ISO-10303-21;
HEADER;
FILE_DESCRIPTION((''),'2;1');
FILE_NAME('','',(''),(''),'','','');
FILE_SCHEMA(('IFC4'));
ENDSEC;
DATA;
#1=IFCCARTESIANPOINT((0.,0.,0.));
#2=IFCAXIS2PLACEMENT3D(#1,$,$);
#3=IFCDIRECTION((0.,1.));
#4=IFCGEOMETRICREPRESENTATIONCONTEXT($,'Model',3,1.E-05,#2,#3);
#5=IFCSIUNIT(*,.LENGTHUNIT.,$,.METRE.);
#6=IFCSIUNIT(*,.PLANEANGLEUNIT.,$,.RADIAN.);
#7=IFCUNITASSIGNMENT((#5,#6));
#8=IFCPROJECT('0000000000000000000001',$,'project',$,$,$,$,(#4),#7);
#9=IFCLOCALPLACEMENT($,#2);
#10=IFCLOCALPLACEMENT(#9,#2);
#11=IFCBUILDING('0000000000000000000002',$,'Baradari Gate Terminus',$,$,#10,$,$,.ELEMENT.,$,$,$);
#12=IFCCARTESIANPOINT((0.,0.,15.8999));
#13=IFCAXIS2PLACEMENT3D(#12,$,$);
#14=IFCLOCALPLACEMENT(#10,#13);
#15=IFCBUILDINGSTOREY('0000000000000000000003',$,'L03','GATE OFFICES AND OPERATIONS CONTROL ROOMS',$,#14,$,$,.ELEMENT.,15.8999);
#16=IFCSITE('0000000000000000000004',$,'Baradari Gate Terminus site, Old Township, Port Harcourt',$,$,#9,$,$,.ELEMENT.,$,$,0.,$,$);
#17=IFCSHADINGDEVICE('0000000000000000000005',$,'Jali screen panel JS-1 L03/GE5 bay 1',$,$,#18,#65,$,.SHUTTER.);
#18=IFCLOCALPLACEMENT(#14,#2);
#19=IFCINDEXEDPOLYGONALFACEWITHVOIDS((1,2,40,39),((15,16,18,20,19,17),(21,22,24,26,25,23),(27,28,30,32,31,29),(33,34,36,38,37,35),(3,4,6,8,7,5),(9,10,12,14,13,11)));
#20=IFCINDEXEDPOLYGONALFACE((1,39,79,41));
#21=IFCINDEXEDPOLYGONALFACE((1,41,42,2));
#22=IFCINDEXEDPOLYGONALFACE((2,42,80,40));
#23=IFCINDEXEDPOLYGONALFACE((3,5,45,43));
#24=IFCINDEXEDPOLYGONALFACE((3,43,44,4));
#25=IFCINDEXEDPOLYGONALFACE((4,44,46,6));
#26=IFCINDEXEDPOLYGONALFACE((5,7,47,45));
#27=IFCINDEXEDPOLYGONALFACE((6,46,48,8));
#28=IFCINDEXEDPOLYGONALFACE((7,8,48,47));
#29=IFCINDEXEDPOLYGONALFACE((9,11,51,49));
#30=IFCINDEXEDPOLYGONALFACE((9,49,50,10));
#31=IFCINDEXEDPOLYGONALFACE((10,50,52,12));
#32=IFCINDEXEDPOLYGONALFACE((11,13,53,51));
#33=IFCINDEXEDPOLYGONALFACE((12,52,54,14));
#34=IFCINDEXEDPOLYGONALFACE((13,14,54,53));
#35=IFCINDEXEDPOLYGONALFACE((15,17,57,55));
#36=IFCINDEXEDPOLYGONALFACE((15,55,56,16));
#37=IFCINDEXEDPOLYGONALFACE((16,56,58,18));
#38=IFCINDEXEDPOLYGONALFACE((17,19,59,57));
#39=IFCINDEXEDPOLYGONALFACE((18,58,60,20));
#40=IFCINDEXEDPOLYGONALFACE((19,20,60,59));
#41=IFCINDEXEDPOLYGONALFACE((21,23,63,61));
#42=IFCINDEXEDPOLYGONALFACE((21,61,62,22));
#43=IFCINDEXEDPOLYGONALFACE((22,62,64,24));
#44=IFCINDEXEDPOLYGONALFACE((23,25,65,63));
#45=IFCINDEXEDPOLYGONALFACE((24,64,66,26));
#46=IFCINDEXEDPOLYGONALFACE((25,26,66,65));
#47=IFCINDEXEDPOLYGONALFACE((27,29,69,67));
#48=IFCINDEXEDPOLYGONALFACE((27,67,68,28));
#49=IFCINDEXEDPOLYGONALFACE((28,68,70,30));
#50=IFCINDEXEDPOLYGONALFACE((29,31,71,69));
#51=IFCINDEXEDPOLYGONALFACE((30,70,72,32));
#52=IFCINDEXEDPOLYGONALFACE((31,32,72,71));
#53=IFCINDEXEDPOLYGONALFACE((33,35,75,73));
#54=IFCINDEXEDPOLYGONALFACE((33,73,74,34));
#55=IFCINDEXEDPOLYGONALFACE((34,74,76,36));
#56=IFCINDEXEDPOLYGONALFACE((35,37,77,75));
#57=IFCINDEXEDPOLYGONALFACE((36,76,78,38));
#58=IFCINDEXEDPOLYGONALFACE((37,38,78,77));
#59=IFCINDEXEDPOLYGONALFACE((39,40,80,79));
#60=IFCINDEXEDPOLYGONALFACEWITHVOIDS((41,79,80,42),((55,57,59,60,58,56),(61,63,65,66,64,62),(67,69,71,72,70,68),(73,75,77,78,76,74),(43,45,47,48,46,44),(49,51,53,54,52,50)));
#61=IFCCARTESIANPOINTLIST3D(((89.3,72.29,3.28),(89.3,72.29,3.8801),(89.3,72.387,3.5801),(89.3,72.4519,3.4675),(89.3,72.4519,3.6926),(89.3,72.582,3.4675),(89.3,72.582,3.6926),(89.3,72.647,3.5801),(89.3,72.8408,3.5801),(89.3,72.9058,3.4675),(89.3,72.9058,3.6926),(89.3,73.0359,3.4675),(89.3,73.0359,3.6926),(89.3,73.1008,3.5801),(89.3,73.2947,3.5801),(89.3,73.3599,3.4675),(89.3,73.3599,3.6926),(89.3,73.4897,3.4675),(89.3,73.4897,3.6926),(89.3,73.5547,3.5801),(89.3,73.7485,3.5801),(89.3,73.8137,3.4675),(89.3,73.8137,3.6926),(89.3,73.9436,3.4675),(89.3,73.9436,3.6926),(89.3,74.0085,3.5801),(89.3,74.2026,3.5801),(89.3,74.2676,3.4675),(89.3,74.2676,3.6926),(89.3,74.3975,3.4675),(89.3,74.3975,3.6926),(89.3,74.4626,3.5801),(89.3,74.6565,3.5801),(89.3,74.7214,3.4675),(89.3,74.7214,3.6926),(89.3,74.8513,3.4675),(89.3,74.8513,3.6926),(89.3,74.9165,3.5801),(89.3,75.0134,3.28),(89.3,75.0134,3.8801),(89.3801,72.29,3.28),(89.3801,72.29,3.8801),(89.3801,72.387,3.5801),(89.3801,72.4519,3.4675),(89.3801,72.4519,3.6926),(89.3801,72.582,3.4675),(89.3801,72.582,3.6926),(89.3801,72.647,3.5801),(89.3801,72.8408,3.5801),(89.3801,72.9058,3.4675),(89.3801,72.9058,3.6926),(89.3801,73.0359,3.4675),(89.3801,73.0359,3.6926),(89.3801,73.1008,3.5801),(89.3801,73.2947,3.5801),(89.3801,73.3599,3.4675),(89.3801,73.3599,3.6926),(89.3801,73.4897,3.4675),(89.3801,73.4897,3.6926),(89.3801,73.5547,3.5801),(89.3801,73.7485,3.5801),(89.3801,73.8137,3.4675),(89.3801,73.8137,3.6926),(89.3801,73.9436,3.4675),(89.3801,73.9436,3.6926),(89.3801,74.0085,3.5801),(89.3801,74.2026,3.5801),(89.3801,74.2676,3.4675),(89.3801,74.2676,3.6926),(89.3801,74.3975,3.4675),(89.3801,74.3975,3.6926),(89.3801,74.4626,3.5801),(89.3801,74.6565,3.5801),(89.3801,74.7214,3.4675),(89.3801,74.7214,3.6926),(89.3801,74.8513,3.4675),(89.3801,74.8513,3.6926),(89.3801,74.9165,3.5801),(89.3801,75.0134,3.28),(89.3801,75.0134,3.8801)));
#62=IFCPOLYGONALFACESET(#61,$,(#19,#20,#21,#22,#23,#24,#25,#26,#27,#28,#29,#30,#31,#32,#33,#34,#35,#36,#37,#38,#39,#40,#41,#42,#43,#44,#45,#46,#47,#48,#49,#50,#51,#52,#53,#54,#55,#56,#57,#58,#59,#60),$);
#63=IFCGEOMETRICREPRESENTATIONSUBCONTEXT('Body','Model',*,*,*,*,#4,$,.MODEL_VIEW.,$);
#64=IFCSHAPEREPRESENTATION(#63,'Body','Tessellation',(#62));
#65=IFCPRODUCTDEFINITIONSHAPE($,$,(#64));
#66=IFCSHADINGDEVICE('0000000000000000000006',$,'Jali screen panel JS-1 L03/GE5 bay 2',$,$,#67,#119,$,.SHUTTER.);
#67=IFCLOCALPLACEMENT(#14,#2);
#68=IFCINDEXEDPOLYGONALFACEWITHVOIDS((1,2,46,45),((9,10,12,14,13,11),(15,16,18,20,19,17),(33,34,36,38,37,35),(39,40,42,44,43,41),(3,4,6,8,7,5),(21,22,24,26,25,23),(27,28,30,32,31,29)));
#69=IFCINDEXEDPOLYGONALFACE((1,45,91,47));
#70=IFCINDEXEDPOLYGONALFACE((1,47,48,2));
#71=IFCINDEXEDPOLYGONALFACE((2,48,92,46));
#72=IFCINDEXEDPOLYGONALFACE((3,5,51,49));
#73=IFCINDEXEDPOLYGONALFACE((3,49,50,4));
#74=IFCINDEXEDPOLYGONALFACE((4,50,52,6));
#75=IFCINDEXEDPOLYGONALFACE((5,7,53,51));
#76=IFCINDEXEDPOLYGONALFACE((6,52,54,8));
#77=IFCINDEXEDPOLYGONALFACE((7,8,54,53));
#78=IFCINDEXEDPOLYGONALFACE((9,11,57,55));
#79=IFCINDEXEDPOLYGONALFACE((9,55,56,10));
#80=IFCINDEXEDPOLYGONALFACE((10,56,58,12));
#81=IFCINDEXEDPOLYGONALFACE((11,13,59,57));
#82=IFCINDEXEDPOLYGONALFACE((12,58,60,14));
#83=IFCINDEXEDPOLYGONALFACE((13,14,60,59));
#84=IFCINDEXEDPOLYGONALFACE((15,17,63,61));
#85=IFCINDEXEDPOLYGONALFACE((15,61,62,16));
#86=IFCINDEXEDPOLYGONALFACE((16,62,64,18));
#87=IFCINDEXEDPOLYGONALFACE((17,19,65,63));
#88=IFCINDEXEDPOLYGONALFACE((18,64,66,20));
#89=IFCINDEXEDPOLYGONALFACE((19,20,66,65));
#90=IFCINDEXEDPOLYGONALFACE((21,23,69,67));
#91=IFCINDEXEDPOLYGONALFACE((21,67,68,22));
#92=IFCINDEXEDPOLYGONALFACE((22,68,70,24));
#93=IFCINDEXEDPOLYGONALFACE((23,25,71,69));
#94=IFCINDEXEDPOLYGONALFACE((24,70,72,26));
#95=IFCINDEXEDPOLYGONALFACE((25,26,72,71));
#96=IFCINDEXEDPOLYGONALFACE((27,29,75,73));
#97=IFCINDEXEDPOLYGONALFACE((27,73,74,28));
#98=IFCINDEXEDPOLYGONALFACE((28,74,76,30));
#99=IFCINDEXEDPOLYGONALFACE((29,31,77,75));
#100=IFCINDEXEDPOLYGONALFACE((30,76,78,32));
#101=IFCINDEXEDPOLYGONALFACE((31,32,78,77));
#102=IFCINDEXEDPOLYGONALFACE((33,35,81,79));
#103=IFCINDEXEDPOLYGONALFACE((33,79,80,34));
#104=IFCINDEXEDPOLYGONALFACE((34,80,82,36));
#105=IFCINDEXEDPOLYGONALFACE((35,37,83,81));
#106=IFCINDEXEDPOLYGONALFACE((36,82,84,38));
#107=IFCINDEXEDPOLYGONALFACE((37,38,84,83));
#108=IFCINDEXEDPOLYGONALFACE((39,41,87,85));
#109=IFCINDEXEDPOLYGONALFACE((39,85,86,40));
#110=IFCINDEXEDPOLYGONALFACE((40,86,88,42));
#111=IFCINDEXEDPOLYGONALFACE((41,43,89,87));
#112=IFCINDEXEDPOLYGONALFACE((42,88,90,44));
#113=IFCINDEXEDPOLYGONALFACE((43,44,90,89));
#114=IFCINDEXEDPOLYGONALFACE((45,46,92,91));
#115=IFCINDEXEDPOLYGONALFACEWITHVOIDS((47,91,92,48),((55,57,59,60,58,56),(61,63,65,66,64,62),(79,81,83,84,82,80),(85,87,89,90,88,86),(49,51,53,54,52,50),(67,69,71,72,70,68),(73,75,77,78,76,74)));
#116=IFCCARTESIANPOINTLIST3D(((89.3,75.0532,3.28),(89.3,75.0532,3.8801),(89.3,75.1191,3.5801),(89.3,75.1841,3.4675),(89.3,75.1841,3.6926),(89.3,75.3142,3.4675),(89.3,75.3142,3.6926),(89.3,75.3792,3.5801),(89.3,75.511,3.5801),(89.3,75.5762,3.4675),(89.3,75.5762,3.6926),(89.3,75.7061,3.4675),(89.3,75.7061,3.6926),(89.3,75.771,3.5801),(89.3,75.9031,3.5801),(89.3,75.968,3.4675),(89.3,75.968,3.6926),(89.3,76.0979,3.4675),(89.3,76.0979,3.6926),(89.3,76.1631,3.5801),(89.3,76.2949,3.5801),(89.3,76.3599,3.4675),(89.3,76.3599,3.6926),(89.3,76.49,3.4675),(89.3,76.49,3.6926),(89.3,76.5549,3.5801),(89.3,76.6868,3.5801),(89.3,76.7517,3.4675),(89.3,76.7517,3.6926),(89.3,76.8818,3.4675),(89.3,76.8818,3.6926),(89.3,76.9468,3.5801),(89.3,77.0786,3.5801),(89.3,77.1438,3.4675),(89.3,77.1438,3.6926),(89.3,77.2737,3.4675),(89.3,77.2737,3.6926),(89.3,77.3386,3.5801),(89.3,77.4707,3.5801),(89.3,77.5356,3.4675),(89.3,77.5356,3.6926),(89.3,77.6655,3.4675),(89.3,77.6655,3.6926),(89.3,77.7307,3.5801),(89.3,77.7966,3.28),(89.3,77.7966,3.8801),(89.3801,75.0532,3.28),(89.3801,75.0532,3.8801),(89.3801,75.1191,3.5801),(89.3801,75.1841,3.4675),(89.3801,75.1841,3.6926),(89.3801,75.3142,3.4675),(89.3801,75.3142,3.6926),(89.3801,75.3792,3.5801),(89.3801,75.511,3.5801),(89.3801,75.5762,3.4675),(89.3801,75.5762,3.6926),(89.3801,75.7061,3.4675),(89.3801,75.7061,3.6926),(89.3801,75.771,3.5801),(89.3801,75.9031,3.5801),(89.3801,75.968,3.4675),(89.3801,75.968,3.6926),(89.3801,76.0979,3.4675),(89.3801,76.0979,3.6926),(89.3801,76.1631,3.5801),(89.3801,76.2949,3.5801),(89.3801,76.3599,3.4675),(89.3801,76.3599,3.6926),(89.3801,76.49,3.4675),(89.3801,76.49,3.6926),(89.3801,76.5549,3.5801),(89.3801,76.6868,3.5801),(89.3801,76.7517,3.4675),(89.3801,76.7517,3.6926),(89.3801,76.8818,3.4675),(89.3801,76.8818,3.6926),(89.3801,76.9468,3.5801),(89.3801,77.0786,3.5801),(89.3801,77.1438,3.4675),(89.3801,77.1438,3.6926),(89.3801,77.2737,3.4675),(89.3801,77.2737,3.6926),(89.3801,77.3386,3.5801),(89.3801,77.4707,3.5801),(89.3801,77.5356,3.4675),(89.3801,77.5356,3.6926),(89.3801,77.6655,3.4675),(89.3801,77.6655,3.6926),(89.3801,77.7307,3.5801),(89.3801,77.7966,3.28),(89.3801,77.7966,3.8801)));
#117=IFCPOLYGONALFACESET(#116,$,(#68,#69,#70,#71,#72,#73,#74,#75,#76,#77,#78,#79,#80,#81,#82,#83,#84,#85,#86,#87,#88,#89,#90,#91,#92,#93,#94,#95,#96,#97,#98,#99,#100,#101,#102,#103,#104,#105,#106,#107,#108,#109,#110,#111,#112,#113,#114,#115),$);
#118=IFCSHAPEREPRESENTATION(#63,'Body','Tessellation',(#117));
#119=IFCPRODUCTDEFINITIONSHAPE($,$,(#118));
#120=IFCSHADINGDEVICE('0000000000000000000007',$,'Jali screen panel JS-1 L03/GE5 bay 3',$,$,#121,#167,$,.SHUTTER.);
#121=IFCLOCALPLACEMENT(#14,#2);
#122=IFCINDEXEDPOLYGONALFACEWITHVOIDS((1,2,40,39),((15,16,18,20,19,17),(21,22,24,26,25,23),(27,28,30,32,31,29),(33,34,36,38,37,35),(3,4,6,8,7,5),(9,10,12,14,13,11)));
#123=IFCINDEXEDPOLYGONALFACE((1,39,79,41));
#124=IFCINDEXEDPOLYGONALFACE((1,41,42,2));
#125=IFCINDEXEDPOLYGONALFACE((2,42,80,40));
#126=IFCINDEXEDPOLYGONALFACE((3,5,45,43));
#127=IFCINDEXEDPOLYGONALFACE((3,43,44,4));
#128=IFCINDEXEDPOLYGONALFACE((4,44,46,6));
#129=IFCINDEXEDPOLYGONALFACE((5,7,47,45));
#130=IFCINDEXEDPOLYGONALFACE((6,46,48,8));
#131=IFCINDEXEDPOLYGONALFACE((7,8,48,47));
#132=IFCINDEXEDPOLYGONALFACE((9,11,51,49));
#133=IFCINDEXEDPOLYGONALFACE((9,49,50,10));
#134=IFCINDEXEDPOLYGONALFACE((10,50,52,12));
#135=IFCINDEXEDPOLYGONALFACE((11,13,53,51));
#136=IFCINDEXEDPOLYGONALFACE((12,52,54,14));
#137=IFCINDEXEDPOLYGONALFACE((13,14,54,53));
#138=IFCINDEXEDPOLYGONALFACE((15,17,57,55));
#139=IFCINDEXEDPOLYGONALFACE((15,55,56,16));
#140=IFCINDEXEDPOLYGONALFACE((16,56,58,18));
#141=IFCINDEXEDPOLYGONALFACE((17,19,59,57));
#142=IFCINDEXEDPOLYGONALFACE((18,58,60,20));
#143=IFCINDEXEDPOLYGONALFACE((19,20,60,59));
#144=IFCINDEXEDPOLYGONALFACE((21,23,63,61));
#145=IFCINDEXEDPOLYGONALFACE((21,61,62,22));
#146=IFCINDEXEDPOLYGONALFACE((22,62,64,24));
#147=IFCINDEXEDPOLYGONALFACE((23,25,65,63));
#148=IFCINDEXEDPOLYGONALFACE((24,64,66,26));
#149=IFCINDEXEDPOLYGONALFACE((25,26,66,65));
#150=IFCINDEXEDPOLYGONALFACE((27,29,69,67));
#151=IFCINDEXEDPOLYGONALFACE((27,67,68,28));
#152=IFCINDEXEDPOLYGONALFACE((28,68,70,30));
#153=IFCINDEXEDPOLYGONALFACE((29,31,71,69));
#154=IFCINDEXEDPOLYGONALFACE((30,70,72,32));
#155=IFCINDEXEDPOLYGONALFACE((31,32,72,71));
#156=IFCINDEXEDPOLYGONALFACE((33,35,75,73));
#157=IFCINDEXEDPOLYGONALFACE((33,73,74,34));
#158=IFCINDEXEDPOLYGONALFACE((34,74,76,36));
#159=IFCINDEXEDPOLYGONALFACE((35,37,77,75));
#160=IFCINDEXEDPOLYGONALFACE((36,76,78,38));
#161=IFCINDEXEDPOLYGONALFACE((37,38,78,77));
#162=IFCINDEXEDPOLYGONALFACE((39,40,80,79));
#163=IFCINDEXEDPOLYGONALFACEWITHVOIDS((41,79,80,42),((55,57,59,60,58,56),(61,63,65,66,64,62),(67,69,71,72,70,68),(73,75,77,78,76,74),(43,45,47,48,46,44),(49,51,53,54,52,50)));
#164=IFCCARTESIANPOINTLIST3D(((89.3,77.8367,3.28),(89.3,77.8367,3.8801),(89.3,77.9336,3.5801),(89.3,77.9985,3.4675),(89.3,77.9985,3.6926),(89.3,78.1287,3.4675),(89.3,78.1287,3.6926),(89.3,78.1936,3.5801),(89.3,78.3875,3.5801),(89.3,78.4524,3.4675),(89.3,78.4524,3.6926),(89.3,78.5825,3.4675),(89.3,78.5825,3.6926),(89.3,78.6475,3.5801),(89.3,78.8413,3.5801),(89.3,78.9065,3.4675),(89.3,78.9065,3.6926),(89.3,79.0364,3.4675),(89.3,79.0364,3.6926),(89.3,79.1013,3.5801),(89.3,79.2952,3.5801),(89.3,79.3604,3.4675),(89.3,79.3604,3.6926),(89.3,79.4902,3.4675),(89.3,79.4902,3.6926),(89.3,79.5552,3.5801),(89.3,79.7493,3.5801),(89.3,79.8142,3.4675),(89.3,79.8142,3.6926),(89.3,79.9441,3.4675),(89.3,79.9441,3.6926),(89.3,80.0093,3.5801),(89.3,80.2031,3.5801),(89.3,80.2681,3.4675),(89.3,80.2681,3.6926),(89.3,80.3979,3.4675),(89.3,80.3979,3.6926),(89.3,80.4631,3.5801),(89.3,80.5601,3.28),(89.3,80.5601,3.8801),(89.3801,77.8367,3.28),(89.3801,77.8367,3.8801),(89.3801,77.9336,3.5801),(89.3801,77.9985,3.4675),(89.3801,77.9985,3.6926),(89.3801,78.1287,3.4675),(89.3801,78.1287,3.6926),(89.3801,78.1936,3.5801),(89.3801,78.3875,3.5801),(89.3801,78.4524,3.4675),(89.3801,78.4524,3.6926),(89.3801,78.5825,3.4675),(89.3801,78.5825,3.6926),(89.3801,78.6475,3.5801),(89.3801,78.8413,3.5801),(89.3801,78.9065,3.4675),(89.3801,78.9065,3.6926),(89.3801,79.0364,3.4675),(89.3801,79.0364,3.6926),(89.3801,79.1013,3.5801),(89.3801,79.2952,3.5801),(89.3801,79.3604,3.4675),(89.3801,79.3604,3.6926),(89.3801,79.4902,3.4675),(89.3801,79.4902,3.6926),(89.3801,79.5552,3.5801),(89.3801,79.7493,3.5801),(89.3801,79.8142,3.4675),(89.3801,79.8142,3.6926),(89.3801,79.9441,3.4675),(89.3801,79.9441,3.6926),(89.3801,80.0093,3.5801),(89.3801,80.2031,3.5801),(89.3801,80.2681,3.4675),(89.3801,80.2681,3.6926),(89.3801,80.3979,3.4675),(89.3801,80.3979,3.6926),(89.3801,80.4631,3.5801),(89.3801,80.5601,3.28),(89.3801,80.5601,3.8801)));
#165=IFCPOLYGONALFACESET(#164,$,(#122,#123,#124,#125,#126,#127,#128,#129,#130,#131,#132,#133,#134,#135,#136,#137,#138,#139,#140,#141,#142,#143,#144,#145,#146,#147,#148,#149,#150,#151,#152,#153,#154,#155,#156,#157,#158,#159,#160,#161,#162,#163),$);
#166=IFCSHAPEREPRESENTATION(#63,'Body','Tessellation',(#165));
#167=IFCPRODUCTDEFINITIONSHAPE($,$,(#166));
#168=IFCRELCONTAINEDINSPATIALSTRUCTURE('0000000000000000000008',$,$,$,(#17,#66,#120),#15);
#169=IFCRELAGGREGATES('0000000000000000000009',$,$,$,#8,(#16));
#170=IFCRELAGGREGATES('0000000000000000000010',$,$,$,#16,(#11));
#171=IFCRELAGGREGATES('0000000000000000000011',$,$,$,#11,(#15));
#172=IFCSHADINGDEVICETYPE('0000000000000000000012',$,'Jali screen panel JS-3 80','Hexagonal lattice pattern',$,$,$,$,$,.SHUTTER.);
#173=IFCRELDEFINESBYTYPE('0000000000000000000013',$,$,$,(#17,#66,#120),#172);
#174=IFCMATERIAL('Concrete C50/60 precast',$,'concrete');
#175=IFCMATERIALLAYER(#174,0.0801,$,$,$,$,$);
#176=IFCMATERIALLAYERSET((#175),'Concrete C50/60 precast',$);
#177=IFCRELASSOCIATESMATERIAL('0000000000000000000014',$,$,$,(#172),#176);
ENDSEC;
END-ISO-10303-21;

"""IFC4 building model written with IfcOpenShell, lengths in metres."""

from ifc_helpers import new_model, si_unit, direction, frame, origin, place, context, subcontext, project, spatial, polyline, outline, extrude, material, layer, layer_set, type_object, element, save


model = new_model("IFC4")

# Units and contexts
model_context = context("Model", 3, precision=1e-05, world=origin(), true_north=direction((0.0, 1.0)))
body_context = subcontext(model_context, "Body", "Model", "MODEL_VIEW")
ifc_project = project(units=[si_unit("LENGTHUNIT", "METRE"), si_unit("PLANEANGLEUNIT", "RADIAN")], contexts=[model_context])

# Site, building, storey
site_placement = place(None, origin())
site = spatial("IfcSite", under=ifc_project, at=site_placement, Name="Baradari Gate Terminus site, Old Township, Port Harcourt", CompositionType="ELEMENT", RefElevation=0.0)
building_placement = place(site_placement, origin())
building = spatial("IfcBuilding", under=site, at=building_placement, Name="Baradari Gate Terminus", CompositionType="ELEMENT")
storey_placement = place(building_placement, frame((0.0, 0.0, 15.8999)))
storey = spatial("IfcBuildingStorey", under=building, at=storey_placement, Name="L03", Description="GATE OFFICES AND OPERATIONS CONTROL ROOMS", CompositionType="ELEMENT", Elevation=15.8999)

# Shading devices
ifc_material_1 = material(Name="Concrete C50/60 precast", Category="concrete")
ifc_layer_1 = layer(ifc_material_1, 0.0801)
ifc_layer_set_1 = layer_set([ifc_layer_1], Name="Concrete C50/60 precast")
shading_device_type = type_object("IfcShadingDeviceType", Name="Jali screen panel JS-3 80", Description="Hexagonal lattice pattern", PredefinedType="SHUTTER", material=ifc_layer_set_1)
shading_device_1_placement = place(storey_placement, frame((89.3401, 72.29, 3.28), z_axis=(0.0, 0.0, 1.0), x_axis=(0.0, 1.0, 0.0)))
element("IfcShadingDevice", 1, at=shading_device_1_placement, inside=storey, type_object=shading_device_type, Name="Jali screen panel JS-1 L03/GE5 bay 1", PredefinedType="SHUTTER", context=body_context, shape_type="SweptSolid", body=[
    extrude(outline(polyline([(0.0, 0.0), (2.7234, 0.0), (2.7234, 0.6001), (0.0, 0.6001), (0.0, 0.0)]), holes=[polyline([(0.3569, 0.3), (0.292, 0.1875), (0.1619, 0.1875), (0.0969, 0.3), (0.1619, 0.4126), (0.292, 0.4126), (0.3569, 0.3)]), polyline([(0.8108, 0.3), (0.7458, 0.1875), (0.6157, 0.1875), (0.5508, 0.3), (0.6157, 0.4126), (0.7458, 0.4126), (0.8108, 0.3)]), polyline([(1.2646, 0.3), (1.1997, 0.1875), (1.0698, 0.1875), (1.0046, 0.3), (1.0698, 0.4126), (1.1997, 0.4126), (1.2646, 0.3)]), polyline([(1.7185, 0.3), (1.6536, 0.1875), (1.5237, 0.1875), (1.4585, 0.3), (1.5237, 0.4126), (1.6536, 0.4126), (1.7185, 0.3)]), polyline([(2.1726, 0.3), (2.1074, 0.1875), (1.9775, 0.1875), (1.9126, 0.3), (1.9775, 0.4126), (2.1074, 0.4126), (2.1726, 0.3)]), polyline([(2.6265, 0.3), (2.5613, 0.1875), (2.4314, 0.1875), (2.3665, 0.3), (2.4314, 0.4126), (2.5613, 0.4126), (2.6265, 0.3)])]), frame((0.0, 0.04, 0.0), z_axis=(0.0, -1.0, 0.0), x_axis=(1.0, 0.0, 0.0)), (0.0, 0.0, 1.0), 0.0801),
])
shading_device_2_placement = place(storey_placement, frame((89.3401, 75.0532, 3.28), z_axis=(0.0, 0.0, 1.0), x_axis=(0.0, 1.0, 0.0)))
element("IfcShadingDevice", 2, at=shading_device_2_placement, inside=storey, type_object=shading_device_type, Name="Jali screen panel JS-1 L03/GE5 bay 2", PredefinedType="SHUTTER", context=body_context, shape_type="SweptSolid", body=[
    extrude(outline(polyline([(0.0, 0.0), (2.7434, 0.0), (2.7434, 0.6001), (0.0, 0.6001), (0.0, 0.0)]), holes=[polyline([(0.3259, 0.3), (0.261, 0.1875), (0.1309, 0.1875), (0.0659, 0.3), (0.1309, 0.4126), (0.261, 0.4126), (0.3259, 0.3)]), polyline([(0.7178, 0.3), (0.6528, 0.1875), (0.5229, 0.1875), (0.4578, 0.3), (0.5229, 0.4126), (0.6528, 0.4126), (0.7178, 0.3)]), polyline([(1.1099, 0.3), (1.0447, 0.1875), (0.9148, 0.1875), (0.8499, 0.3), (0.9148, 0.4126), (1.0447, 0.4126), (1.1099, 0.3)]), polyline([(1.5017, 0.3), (1.4368, 0.1875), (1.3066, 0.1875), (1.2417, 0.3), (1.3066, 0.4126), (1.4368, 0.4126), (1.5017, 0.3)]), polyline([(1.8936, 0.3), (1.8286, 0.1875), (1.6985, 0.1875), (1.6335, 0.3), (1.6985, 0.4126), (1.8286, 0.4126), (1.8936, 0.3)]), polyline([(2.2854, 0.3), (2.2205, 0.1875), (2.0906, 0.1875), (2.0254, 0.3), (2.0906, 0.4126), (2.2205, 0.4126), (2.2854, 0.3)]), polyline([(2.6775, 0.3), (2.6123, 0.1875), (2.4824, 0.1875), (2.4175, 0.3), (2.4824, 0.4126), (2.6123, 0.4126), (2.6775, 0.3)])]), frame((0.0, 0.04, 0.0), z_axis=(0.0, -1.0, 0.0), x_axis=(1.0, 0.0, 0.0)), (0.0, 0.0, 1.0), 0.0801),
])
shading_device_3_placement = place(storey_placement, frame((89.3401, 77.8367, 3.28), z_axis=(0.0, 0.0, 1.0), x_axis=(0.0, 1.0, 0.0)))
element("IfcShadingDevice", 3, at=shading_device_3_placement, inside=storey, type_object=shading_device_type, Name="Jali screen panel JS-1 L03/GE5 bay 3", PredefinedType="SHUTTER", context=body_context, shape_type="SweptSolid", body=[
    extrude(outline(polyline([(0.0, 0.0), (2.7234, 0.0), (2.7234, 0.6001), (0.0, 0.6001), (0.0, 0.0)]), holes=[polyline([(0.3569, 0.3), (0.292, 0.1875), (0.1619, 0.1875), (0.0969, 0.3), (0.1619, 0.4126), (0.292, 0.4126), (0.3569, 0.3)]), polyline([(0.8108, 0.3), (0.7458, 0.1875), (0.6157, 0.1875), (0.5508, 0.3), (0.6157, 0.4126), (0.7458, 0.4126), (0.8108, 0.3)]), polyline([(1.2646, 0.3), (1.1997, 0.1875), (1.0698, 0.1875), (1.0046, 0.3), (1.0698, 0.4126), (1.1997, 0.4126), (1.2646, 0.3)]), polyline([(1.7185, 0.3), (1.6536, 0.1875), (1.5237, 0.1875), (1.4585, 0.3), (1.5237, 0.4126), (1.6536, 0.4126), (1.7185, 0.3)]), polyline([(2.1726, 0.3), (2.1074, 0.1875), (1.9775, 0.1875), (1.9126, 0.3), (1.9775, 0.4126), (2.1074, 0.4126), (2.1726, 0.3)]), polyline([(2.6265, 0.3), (2.5613, 0.1875), (2.4314, 0.1875), (2.3665, 0.3), (2.4314, 0.4126), (2.5613, 0.4126), (2.6265, 0.3)])]), frame((0.0, 0.04, 0.0), z_axis=(0.0, -1.0, 0.0), x_axis=(1.0, 0.0, 0.0)), (0.0, 0.0, 1.0), 0.0801),
])

save(model, "model.ifc")
